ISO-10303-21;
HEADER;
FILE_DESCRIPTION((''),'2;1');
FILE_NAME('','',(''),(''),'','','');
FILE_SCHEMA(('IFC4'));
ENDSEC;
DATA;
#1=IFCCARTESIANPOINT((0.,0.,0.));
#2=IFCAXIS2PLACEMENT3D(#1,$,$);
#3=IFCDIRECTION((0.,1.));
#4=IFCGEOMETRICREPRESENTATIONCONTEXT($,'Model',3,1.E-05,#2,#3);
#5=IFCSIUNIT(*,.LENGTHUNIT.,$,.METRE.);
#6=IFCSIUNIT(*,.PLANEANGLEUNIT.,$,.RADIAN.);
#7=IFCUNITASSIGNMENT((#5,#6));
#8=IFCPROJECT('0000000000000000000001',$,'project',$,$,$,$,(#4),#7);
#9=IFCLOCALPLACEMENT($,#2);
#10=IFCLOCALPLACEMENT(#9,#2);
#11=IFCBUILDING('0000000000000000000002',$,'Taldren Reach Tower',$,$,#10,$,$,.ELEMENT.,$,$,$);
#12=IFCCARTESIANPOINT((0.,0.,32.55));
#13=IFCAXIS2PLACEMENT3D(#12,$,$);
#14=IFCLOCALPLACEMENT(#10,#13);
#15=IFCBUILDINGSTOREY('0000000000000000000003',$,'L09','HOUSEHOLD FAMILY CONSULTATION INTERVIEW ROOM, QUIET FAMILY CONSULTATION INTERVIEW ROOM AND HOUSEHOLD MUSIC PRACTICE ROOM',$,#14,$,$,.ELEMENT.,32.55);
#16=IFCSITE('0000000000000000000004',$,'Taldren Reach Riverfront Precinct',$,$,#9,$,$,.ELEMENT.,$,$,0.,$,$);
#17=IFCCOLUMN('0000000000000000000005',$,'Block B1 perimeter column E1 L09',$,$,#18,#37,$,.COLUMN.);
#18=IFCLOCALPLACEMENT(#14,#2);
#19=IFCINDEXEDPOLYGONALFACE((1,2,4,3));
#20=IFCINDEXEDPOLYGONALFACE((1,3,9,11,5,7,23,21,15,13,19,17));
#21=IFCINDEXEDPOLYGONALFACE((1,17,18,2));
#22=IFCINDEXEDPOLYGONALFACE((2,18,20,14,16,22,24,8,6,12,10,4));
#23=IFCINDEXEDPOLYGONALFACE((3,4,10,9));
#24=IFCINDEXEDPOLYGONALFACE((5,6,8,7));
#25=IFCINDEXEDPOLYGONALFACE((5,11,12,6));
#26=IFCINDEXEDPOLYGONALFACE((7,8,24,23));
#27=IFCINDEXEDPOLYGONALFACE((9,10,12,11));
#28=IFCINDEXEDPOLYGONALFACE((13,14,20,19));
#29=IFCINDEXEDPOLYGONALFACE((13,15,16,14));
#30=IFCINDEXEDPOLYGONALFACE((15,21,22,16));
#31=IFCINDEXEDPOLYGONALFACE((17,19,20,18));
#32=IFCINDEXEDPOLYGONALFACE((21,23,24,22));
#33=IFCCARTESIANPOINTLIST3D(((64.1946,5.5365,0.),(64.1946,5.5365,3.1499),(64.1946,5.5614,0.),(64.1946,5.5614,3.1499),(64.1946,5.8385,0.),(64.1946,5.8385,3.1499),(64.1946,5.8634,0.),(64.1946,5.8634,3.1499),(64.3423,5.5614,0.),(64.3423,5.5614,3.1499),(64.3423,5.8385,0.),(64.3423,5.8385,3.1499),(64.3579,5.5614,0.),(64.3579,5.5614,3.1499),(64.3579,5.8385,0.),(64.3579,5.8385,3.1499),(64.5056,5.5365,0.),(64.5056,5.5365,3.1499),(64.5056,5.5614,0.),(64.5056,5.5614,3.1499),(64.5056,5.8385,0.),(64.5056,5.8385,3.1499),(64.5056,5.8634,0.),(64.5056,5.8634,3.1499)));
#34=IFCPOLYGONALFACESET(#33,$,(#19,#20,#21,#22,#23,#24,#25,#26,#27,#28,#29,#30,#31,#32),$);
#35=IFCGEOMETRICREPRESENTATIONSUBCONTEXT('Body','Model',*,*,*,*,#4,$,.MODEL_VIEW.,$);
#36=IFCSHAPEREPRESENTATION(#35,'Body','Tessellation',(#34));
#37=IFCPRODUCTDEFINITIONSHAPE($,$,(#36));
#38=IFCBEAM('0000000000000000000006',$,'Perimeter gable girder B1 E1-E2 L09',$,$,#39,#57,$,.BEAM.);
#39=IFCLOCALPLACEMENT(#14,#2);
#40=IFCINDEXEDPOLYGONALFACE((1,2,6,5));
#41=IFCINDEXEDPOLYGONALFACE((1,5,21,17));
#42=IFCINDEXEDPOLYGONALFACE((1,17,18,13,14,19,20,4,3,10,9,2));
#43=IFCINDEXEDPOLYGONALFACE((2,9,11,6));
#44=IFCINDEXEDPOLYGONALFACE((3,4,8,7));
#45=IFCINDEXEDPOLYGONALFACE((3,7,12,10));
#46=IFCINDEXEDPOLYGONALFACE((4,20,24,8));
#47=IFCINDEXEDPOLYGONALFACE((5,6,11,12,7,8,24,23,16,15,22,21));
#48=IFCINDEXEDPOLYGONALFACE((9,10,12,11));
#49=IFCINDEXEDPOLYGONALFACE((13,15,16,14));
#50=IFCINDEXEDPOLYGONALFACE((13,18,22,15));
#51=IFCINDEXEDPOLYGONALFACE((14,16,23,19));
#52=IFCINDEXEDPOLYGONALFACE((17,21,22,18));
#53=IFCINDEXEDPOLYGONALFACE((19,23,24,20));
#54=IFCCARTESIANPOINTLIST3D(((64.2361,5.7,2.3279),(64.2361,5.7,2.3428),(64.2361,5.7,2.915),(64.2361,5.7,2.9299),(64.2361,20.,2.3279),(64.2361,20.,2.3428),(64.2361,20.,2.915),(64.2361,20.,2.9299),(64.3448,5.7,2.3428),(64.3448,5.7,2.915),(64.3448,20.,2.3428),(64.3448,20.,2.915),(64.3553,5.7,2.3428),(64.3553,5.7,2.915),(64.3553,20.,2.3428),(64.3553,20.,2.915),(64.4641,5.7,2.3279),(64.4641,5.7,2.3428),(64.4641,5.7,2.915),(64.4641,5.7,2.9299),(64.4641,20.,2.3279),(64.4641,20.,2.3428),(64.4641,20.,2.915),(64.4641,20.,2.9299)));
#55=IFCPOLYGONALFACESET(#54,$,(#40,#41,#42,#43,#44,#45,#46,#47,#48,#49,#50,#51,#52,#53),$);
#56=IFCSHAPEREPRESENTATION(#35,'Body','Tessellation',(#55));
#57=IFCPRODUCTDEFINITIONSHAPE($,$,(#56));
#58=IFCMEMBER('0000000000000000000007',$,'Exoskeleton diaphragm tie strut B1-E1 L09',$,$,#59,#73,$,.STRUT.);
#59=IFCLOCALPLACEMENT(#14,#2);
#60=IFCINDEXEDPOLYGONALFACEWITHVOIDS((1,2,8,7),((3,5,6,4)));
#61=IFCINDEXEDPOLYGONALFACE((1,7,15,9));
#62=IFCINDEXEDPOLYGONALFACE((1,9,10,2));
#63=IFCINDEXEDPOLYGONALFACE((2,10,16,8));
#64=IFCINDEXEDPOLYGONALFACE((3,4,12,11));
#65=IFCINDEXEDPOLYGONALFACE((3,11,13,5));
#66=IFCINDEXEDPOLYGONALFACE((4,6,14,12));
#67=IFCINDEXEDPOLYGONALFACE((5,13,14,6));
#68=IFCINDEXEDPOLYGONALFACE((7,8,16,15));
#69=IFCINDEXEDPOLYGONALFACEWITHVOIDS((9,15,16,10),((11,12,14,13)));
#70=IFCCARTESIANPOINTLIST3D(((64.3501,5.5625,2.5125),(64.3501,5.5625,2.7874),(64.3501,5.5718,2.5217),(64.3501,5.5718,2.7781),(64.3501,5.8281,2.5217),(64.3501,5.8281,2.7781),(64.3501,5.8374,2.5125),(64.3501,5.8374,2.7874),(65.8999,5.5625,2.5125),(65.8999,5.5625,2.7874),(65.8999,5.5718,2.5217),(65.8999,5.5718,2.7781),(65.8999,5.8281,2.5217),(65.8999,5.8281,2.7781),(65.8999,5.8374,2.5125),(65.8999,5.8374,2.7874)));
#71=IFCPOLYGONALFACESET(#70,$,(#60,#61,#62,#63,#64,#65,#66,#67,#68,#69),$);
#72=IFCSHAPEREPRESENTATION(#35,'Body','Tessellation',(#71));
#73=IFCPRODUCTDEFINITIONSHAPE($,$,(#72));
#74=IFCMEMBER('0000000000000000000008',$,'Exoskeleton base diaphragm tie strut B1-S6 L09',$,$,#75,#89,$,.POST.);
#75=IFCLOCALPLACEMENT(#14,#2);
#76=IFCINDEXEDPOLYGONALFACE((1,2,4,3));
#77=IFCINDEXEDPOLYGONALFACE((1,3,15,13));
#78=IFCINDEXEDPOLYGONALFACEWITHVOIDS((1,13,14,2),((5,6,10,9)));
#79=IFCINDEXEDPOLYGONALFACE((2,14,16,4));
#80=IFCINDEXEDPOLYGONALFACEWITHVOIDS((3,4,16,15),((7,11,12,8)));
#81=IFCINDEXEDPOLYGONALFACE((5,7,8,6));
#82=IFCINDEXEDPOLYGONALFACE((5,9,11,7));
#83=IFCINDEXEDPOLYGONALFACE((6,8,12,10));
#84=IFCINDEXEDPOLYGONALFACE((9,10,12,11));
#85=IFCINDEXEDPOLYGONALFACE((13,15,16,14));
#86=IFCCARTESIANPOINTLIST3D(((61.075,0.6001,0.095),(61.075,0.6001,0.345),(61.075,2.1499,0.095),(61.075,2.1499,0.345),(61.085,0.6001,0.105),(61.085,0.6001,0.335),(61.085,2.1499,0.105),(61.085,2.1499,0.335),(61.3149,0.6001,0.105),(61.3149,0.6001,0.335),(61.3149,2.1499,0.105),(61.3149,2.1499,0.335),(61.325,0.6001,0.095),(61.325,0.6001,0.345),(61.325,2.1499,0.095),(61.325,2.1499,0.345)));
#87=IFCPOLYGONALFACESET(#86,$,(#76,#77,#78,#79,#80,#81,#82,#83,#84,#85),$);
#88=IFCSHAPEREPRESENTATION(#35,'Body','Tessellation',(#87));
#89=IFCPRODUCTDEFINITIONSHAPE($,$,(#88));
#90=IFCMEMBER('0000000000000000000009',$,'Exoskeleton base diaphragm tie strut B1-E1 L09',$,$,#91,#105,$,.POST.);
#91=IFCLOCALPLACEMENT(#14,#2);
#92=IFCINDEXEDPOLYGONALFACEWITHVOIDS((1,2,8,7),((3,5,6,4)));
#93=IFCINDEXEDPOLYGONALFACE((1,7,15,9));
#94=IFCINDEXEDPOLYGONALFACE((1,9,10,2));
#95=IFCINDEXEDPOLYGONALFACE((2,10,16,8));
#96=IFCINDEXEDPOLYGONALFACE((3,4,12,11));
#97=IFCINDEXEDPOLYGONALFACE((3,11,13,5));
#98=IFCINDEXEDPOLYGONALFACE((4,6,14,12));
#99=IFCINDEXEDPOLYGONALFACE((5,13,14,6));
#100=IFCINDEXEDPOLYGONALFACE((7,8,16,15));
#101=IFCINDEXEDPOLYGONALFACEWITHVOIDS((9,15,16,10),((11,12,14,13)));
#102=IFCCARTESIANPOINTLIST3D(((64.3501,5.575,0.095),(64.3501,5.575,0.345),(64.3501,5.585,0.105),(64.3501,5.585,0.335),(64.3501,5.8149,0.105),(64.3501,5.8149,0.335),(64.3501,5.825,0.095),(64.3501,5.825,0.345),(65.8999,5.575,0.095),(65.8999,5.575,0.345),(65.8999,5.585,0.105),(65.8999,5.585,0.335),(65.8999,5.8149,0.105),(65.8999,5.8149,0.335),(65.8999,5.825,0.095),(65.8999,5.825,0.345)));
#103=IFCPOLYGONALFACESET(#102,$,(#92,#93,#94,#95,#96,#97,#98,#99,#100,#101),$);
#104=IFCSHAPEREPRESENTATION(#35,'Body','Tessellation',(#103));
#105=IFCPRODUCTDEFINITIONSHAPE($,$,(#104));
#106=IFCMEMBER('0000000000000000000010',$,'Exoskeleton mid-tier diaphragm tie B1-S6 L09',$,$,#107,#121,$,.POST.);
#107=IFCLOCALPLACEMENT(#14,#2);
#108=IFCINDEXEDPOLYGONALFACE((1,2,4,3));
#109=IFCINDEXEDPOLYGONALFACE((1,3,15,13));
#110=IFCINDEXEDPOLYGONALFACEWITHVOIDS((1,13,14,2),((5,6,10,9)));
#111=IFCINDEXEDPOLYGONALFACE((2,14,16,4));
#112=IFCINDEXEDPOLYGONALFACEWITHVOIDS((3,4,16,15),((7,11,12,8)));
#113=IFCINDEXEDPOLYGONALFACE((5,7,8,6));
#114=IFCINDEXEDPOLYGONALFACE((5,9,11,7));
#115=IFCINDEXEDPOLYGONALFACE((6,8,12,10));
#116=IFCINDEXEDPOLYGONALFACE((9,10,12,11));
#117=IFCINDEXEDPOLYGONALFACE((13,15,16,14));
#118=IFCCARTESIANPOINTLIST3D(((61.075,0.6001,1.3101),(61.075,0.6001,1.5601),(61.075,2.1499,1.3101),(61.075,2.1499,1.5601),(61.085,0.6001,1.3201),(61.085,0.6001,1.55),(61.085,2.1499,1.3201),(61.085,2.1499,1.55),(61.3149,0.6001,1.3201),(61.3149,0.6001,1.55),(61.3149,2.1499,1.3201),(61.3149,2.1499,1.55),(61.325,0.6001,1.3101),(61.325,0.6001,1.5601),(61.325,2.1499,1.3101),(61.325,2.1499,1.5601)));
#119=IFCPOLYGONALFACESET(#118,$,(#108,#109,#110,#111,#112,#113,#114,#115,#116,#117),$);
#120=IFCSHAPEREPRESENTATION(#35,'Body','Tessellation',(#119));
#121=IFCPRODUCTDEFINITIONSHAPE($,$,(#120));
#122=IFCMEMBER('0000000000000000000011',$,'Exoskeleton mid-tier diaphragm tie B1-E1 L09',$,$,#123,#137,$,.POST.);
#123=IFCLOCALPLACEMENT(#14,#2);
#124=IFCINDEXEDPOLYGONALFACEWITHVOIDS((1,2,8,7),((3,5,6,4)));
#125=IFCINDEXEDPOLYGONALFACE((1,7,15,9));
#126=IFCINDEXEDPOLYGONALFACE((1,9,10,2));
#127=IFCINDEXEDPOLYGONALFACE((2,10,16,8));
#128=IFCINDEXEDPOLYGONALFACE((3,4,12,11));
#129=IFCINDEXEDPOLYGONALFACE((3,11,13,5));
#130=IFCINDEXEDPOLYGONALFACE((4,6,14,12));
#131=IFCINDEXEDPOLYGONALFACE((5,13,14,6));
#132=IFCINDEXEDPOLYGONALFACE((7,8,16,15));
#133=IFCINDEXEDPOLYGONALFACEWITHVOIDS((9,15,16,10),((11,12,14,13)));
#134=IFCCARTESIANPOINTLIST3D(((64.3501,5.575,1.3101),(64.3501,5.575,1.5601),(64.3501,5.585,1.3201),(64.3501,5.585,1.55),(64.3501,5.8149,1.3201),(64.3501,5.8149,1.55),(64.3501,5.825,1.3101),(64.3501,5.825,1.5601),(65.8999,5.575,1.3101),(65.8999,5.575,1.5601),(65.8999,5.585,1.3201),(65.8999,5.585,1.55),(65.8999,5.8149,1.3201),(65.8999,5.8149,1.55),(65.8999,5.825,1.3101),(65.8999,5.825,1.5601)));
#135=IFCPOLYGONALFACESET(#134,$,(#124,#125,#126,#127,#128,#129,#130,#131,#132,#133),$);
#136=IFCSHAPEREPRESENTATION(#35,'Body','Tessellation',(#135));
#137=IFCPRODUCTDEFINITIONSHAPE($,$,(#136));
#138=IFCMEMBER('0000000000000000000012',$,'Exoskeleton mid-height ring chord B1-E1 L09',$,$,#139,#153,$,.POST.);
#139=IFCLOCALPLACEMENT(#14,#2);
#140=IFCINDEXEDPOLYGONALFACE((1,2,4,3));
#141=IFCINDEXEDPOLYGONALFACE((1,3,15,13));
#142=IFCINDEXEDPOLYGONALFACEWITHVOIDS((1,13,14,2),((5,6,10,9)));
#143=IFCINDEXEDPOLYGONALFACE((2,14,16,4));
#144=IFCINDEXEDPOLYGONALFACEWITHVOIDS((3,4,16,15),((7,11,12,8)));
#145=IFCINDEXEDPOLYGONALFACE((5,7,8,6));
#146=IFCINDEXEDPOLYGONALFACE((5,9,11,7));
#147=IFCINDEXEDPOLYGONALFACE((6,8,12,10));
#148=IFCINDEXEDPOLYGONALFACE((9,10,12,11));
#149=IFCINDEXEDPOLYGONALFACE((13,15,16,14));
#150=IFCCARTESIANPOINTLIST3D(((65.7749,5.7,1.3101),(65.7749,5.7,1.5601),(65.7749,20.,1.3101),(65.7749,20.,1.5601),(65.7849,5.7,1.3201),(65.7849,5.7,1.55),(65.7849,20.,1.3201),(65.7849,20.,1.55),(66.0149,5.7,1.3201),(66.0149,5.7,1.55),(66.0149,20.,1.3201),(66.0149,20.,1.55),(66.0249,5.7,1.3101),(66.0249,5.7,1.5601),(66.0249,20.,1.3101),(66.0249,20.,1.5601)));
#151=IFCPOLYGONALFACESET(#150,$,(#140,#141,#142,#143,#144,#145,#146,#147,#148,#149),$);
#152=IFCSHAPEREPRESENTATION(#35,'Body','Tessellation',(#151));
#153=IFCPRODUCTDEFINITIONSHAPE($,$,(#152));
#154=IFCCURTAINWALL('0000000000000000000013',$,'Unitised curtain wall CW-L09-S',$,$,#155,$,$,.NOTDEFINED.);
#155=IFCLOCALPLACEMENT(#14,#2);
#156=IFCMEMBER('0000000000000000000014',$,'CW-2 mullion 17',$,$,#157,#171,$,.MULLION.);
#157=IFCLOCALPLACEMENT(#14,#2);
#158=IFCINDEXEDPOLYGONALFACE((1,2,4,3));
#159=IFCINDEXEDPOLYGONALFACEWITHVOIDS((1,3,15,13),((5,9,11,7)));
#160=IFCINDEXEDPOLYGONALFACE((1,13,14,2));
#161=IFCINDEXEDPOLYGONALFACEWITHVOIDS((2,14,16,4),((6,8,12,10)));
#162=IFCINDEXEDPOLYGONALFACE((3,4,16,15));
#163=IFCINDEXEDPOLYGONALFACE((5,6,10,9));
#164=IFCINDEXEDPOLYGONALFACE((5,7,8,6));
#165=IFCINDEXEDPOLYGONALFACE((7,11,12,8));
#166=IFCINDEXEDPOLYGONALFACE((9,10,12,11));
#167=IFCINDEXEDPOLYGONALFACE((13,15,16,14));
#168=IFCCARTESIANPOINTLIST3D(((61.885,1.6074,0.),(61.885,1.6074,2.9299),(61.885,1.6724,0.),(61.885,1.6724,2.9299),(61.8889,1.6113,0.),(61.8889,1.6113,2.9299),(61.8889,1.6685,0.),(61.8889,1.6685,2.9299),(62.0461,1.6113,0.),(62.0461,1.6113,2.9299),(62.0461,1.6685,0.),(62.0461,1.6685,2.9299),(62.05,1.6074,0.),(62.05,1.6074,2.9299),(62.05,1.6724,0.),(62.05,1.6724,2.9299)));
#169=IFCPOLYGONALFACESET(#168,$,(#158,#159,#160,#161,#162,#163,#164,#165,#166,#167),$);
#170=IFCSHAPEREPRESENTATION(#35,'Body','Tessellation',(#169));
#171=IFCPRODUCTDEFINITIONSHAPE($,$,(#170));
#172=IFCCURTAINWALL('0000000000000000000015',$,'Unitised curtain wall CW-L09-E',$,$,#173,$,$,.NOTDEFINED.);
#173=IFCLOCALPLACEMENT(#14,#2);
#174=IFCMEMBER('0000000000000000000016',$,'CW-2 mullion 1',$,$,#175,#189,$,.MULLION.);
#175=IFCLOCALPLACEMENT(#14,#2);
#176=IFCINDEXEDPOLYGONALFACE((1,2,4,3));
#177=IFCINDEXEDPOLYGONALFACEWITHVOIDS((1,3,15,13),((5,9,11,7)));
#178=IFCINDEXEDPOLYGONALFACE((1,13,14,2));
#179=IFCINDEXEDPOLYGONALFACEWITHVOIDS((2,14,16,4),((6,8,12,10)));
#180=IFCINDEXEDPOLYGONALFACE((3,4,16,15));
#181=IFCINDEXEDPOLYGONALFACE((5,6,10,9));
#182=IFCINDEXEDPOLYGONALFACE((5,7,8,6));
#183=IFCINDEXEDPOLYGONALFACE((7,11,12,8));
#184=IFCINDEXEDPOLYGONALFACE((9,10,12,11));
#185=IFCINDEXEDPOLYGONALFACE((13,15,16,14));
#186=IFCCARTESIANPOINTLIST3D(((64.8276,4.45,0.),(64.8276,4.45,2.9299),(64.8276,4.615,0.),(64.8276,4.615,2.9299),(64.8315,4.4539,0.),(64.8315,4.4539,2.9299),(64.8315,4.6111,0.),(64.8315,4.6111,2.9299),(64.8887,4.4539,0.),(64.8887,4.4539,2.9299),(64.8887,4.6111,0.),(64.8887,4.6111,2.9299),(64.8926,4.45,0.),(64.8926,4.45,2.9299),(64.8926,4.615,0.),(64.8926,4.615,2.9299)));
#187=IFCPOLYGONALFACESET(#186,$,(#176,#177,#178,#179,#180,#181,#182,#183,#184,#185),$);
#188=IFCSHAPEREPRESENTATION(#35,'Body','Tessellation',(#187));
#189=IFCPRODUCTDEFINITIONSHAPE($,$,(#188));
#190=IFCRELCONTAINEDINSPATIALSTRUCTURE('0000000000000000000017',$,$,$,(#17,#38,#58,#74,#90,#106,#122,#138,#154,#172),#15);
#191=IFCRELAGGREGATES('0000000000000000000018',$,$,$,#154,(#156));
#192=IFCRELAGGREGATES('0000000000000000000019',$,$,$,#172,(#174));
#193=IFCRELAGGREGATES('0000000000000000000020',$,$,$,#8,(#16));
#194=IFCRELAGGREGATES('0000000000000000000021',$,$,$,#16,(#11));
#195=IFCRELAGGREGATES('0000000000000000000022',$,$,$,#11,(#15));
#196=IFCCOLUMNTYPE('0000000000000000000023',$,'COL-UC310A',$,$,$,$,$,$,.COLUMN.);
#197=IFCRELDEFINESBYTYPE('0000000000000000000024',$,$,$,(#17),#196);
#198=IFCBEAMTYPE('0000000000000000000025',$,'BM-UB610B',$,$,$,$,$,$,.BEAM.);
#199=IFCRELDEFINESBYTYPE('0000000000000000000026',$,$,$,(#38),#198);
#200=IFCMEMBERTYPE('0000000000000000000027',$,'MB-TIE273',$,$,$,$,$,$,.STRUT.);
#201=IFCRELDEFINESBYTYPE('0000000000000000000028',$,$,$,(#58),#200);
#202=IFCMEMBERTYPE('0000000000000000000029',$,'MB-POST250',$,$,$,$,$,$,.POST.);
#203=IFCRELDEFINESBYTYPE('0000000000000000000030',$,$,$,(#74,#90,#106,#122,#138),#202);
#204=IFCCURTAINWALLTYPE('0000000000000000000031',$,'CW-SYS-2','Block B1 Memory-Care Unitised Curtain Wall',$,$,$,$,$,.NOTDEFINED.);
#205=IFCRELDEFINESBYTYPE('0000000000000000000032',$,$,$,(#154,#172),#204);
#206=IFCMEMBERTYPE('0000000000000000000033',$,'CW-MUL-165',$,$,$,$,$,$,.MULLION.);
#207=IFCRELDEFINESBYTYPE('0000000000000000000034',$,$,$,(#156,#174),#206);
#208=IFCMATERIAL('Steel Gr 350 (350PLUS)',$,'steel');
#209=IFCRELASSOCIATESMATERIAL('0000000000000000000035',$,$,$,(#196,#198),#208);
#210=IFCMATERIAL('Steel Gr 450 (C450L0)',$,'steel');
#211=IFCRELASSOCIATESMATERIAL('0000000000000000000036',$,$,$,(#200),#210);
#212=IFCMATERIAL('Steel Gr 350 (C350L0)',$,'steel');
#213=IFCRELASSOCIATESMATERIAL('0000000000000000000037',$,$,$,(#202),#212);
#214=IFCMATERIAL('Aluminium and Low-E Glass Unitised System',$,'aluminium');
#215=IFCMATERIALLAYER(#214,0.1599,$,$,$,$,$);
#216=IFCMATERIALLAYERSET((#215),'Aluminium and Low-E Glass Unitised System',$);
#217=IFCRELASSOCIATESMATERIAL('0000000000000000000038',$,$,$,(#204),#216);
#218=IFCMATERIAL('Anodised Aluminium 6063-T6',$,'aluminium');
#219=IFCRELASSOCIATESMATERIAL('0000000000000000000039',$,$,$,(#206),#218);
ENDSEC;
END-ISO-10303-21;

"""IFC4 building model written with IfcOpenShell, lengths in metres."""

from ifc_helpers import new_model, si_unit, direction, frame, origin, origin_2d, place, context, subcontext, project, spatial, hollow_rectangle, i_section, extrude, source, transform, mapped, material, layer, layer_set, material_profile, profile_set, type_object, element, aggregate, save


model = new_model("IFC4")

# Units and contexts
model_context = context("Model", 3, precision=1e-05, world=origin(), true_north=direction((0.0, 1.0)))
body_context = subcontext(model_context, "Body", "Model", "MODEL_VIEW")
ifc_project = project(units=[si_unit("LENGTHUNIT", "METRE"), si_unit("PLANEANGLEUNIT", "RADIAN")], contexts=[model_context])

# Site, building, storey
site_placement = place(None, origin())
site = spatial("IfcSite", under=ifc_project, at=site_placement, Name="Taldren Reach Riverfront Precinct", CompositionType="ELEMENT", RefElevation=0.0)
building_placement = place(site_placement, origin())
building = spatial("IfcBuilding", under=site, at=building_placement, Name="Taldren Reach Tower", CompositionType="ELEMENT")
storey_placement = place(building_placement, frame((0.0, 0.0, 32.55)))
storey = spatial("IfcBuildingStorey", under=building, at=storey_placement, Name="L09", Description="HOUSEHOLD FAMILY CONSULTATION INTERVIEW ROOM, QUIET FAMILY CONSULTATION INTERVIEW ROOM AND HOUSEHOLD MUSIC PRACTICE ROOM", CompositionType="ELEMENT", Elevation=32.55)

# Column
ifc_material_1 = material(Name="Steel Gr 350 (350PLUS)", Category="steel")
ifc_material_profile_1 = material_profile(ifc_material_1, i_section(OverallWidth=0.311, OverallDepth=0.3269, WebThickness=0.0156, FlangeThickness=0.0249, at=origin_2d()), Name="310UC158")
ifc_profile_set_1 = profile_set([ifc_material_profile_1], Name="Steel Gr 350 (350PLUS)")
column_type = type_object("IfcColumnType", Name="COL-UC310A", PredefinedType="COLUMN", material=ifc_profile_set_1)
shared_shape_1 = source(origin(), body_context, "Body", "SweptSolid", [
    extrude(i_section(OverallWidth=0.311, OverallDepth=0.3269, WebThickness=0.0156, FlangeThickness=0.0249, at=origin_2d()), origin(), (0.0, 0.0, 1.0), 3.1499),
])
column_placement = place(storey_placement, frame((64.3501, 5.7, 0.0), z_axis=(0.0, 0.0, 1.0), x_axis=(1.0, 0.0, 0.0)))
element("IfcColumn", 1, at=column_placement, inside=storey, type_object=column_type, Name="Block B1 perimeter column E1 L09", PredefinedType="COLUMN", context=body_context, shape_type="MappedRepresentation", body=[
    mapped(shared_shape_1, transform((0.0, 0.0, 0.0), scale=1.0)),
])

# Beam
ifc_material_profile_2 = material_profile(ifc_material_1, i_section(OverallWidth=0.228, OverallDepth=0.6021, WebThickness=0.0105, FlangeThickness=0.0149, at=origin_2d()), Name="610UB101")
ifc_profile_set_2 = profile_set([ifc_material_profile_2], Name="Steel Gr 350 (350PLUS)")
beam_type = type_object("IfcBeamType", Name="BM-UB610B", PredefinedType="BEAM", material=ifc_profile_set_2)
shared_shape_2 = source(origin(), body_context, "Body", "SweptSolid", [
    extrude(i_section(OverallWidth=0.228, OverallDepth=0.6021, WebThickness=0.0105, FlangeThickness=0.0149, at=origin_2d()), origin(), (0.0, 0.0, 1.0), 14.3),
])
beam_placement = place(storey_placement, frame((64.3501, 5.7, 2.6289), z_axis=(0.0, 1.0, 0.0), x_axis=(-1.0, 0.0, 0.0)))
element("IfcBeam", 2, at=beam_placement, inside=storey, type_object=beam_type, Name="Perimeter gable girder B1 E1-E2 L09", PredefinedType="BEAM", context=body_context, shape_type="MappedRepresentation", body=[
    mapped(shared_shape_2, transform((0.0, 0.0, 0.0), scale=1.0)),
])

# Members
ifc_material_2 = material(Name="Steel Gr 450 (C450L0)", Category="steel")
ifc_material_profile_3 = material_profile(ifc_material_2, hollow_rectangle(XDim=0.2749, YDim=0.2749, WallThickness=0.0093, at=origin_2d()), Name="275x275x9.3SHS")
ifc_profile_set_3 = profile_set([ifc_material_profile_3], Name="Steel Gr 450 (C450L0)")
member_type_1 = type_object("IfcMemberType", Name="MB-TIE273", PredefinedType="STRUT", material=ifc_profile_set_3)
shared_shape_3 = source(origin(), body_context, "Body", "SweptSolid", [
    extrude(hollow_rectangle(XDim=0.2749, YDim=0.2749, WallThickness=0.0093, at=origin_2d()), origin(), (0.0, 0.0, 1.0), 1.5498),
])
member_1_placement = place(storey_placement, frame((64.3501, 5.7, 2.6499), z_axis=(1.0, 0.0, 0.0), x_axis=(0.0, 1.0, 0.0)))
element("IfcMember", 3, at=member_1_placement, inside=storey, type_object=member_type_1, Name="Exoskeleton diaphragm tie strut B1-E1 L09", PredefinedType="STRUT", context=body_context, shape_type="MappedRepresentation", body=[
    mapped(shared_shape_3, transform((0.0, 0.0, 0.0), scale=1.0)),
])
ifc_material_3 = material(Name="Steel Gr 350 (C350L0)", Category="steel")
ifc_material_profile_4 = material_profile(ifc_material_3, hollow_rectangle(XDim=0.25, YDim=0.25, WallThickness=0.01, at=origin_2d()), Name="250x250x10.0SHS")
ifc_profile_set_4 = profile_set([ifc_material_profile_4], Name="Steel Gr 350 (C350L0)")
member_type_2 = type_object("IfcMemberType", Name="MB-POST250", PredefinedType="POST", material=ifc_profile_set_4)
shared_shape_4 = source(origin(), body_context, "Body", "SweptSolid", [
    extrude(hollow_rectangle(XDim=0.25, YDim=0.25, WallThickness=0.01, at=origin_2d()), origin(), (0.0, 0.0, 1.0), 1.5498),
])
for number, where, z_axis, x_axis, name in (
    (4, (61.2, 2.1499, 0.22), (0.0, -1.0, 0.0), (1.0, 0.0, 0.0), "Exoskeleton base diaphragm tie strut B1-S6 L09"),
    (5, (64.3501, 5.7, 0.22), (1.0, 0.0, 0.0), (0.0, 1.0, 0.0), "Exoskeleton base diaphragm tie strut B1-E1 L09"),
    (6, (61.2, 2.1499, 1.4351), (0.0, -1.0, 0.0), (1.0, 0.0, 0.0), "Exoskeleton mid-tier diaphragm tie B1-S6 L09"),
    (7, (64.3501, 5.7, 1.4351), (1.0, 0.0, 0.0), (0.0, 1.0, 0.0), "Exoskeleton mid-tier diaphragm tie B1-E1 L09"),
):
    element("IfcMember", number, at=place(storey_placement, frame(where, z_axis=z_axis, x_axis=x_axis)), inside=storey, type_object=member_type_2, Name=name, PredefinedType="POST", context=body_context, shape_type="MappedRepresentation", body=[
        mapped(shared_shape_4, transform((0.0, 0.0, 0.0), scale=1.0)),
    ])
shared_shape_5 = source(origin(), body_context, "Body", "SweptSolid", [
    extrude(hollow_rectangle(XDim=0.25, YDim=0.25, WallThickness=0.01, at=origin_2d()), origin(), (0.0, 0.0, 1.0), 14.3),
])
member_2_placement = place(storey_placement, frame((65.8999, 5.7, 1.4351), z_axis=(0.0, 1.0, 0.0), x_axis=(-1.0, 0.0, 0.0)))
element("IfcMember", 8, at=member_2_placement, inside=storey, type_object=member_type_2, Name="Exoskeleton mid-height ring chord B1-E1 L09", PredefinedType="POST", context=body_context, shape_type="MappedRepresentation", body=[
    mapped(shared_shape_5, transform((0.0, 0.0, 0.0), scale=1.0)),
])

# Curtain wall, member
ifc_material_4 = material(Name="Aluminium and Low-E Glass Unitised System", Category="aluminium")
ifc_layer_1 = layer(ifc_material_4, 0.1599)
ifc_layer_set_1 = layer_set([ifc_layer_1], Name="Aluminium and Low-E Glass Unitised System")
curtain_wall_type = type_object("IfcCurtainWallType", Name="CW-SYS-2", Description="Block B1 Memory-Care Unitised Curtain Wall", PredefinedType="NOTDEFINED", material=ifc_layer_set_1)
curtain_wall_1_placement = place(storey_placement, origin())
curtain_wall_1 = element("IfcCurtainWall", 9, at=curtain_wall_1_placement, inside=storey, type_object=curtain_wall_type, Name="Unitised curtain wall CW-L09-S", PredefinedType="NOTDEFINED")
ifc_material_5 = material(Name="Anodised Aluminium 6063-T6", Category="aluminium")
ifc_material_profile_5 = material_profile(ifc_material_5, hollow_rectangle(XDim=0.0649, YDim=0.165, WallThickness=0.0039, at=origin_2d()), Name="ALU-165x65x4RHS")
ifc_profile_set_5 = profile_set([ifc_material_profile_5], Name="Anodised Aluminium 6063-T6")
member_type_3 = type_object("IfcMemberType", Name="CW-MUL-165", PredefinedType="MULLION", material=ifc_profile_set_5)
shared_shape_6 = source(origin(), body_context, "Body", "SweptSolid", [
    extrude(hollow_rectangle(XDim=0.0649, YDim=0.165, WallThickness=0.0039, at=origin_2d()), origin(), (0.0, 0.0, 1.0), 2.9299),
])
member_3_placement = place(storey_placement, frame((61.9675, 1.6399, 0.0), z_axis=(0.0, 0.0, 1.0), x_axis=(0.0, 1.0, 0.0)))
member_3 = element("IfcMember", 10, at=member_3_placement, type_object=member_type_3, Name="CW-2 mullion 17", PredefinedType="MULLION", context=body_context, shape_type="MappedRepresentation", body=[
    mapped(shared_shape_6, transform((0.0, 0.0, 0.0), scale=1.0)),
])
aggregate(curtain_wall_1, [member_3])

# Curtain wall, member
curtain_wall_2_placement = place(storey_placement, origin())
curtain_wall_2 = element("IfcCurtainWall", 11, at=curtain_wall_2_placement, inside=storey, type_object=curtain_wall_type, Name="Unitised curtain wall CW-L09-E", PredefinedType="NOTDEFINED")
member_4_placement = place(storey_placement, frame((64.8601, 4.5325, 0.0), z_axis=(0.0, 0.0, 1.0), x_axis=(-1.0, 0.0, 0.0)))
member_4 = element("IfcMember", 12, at=member_4_placement, type_object=member_type_3, Name="CW-2 mullion 1", PredefinedType="MULLION", context=body_context, shape_type="MappedRepresentation", body=[
    mapped(shared_shape_6, transform((0.0, 0.0, 0.0), scale=1.0)),
])

aggregate(curtain_wall_2, [member_4])

save(model, "model.ifc")
